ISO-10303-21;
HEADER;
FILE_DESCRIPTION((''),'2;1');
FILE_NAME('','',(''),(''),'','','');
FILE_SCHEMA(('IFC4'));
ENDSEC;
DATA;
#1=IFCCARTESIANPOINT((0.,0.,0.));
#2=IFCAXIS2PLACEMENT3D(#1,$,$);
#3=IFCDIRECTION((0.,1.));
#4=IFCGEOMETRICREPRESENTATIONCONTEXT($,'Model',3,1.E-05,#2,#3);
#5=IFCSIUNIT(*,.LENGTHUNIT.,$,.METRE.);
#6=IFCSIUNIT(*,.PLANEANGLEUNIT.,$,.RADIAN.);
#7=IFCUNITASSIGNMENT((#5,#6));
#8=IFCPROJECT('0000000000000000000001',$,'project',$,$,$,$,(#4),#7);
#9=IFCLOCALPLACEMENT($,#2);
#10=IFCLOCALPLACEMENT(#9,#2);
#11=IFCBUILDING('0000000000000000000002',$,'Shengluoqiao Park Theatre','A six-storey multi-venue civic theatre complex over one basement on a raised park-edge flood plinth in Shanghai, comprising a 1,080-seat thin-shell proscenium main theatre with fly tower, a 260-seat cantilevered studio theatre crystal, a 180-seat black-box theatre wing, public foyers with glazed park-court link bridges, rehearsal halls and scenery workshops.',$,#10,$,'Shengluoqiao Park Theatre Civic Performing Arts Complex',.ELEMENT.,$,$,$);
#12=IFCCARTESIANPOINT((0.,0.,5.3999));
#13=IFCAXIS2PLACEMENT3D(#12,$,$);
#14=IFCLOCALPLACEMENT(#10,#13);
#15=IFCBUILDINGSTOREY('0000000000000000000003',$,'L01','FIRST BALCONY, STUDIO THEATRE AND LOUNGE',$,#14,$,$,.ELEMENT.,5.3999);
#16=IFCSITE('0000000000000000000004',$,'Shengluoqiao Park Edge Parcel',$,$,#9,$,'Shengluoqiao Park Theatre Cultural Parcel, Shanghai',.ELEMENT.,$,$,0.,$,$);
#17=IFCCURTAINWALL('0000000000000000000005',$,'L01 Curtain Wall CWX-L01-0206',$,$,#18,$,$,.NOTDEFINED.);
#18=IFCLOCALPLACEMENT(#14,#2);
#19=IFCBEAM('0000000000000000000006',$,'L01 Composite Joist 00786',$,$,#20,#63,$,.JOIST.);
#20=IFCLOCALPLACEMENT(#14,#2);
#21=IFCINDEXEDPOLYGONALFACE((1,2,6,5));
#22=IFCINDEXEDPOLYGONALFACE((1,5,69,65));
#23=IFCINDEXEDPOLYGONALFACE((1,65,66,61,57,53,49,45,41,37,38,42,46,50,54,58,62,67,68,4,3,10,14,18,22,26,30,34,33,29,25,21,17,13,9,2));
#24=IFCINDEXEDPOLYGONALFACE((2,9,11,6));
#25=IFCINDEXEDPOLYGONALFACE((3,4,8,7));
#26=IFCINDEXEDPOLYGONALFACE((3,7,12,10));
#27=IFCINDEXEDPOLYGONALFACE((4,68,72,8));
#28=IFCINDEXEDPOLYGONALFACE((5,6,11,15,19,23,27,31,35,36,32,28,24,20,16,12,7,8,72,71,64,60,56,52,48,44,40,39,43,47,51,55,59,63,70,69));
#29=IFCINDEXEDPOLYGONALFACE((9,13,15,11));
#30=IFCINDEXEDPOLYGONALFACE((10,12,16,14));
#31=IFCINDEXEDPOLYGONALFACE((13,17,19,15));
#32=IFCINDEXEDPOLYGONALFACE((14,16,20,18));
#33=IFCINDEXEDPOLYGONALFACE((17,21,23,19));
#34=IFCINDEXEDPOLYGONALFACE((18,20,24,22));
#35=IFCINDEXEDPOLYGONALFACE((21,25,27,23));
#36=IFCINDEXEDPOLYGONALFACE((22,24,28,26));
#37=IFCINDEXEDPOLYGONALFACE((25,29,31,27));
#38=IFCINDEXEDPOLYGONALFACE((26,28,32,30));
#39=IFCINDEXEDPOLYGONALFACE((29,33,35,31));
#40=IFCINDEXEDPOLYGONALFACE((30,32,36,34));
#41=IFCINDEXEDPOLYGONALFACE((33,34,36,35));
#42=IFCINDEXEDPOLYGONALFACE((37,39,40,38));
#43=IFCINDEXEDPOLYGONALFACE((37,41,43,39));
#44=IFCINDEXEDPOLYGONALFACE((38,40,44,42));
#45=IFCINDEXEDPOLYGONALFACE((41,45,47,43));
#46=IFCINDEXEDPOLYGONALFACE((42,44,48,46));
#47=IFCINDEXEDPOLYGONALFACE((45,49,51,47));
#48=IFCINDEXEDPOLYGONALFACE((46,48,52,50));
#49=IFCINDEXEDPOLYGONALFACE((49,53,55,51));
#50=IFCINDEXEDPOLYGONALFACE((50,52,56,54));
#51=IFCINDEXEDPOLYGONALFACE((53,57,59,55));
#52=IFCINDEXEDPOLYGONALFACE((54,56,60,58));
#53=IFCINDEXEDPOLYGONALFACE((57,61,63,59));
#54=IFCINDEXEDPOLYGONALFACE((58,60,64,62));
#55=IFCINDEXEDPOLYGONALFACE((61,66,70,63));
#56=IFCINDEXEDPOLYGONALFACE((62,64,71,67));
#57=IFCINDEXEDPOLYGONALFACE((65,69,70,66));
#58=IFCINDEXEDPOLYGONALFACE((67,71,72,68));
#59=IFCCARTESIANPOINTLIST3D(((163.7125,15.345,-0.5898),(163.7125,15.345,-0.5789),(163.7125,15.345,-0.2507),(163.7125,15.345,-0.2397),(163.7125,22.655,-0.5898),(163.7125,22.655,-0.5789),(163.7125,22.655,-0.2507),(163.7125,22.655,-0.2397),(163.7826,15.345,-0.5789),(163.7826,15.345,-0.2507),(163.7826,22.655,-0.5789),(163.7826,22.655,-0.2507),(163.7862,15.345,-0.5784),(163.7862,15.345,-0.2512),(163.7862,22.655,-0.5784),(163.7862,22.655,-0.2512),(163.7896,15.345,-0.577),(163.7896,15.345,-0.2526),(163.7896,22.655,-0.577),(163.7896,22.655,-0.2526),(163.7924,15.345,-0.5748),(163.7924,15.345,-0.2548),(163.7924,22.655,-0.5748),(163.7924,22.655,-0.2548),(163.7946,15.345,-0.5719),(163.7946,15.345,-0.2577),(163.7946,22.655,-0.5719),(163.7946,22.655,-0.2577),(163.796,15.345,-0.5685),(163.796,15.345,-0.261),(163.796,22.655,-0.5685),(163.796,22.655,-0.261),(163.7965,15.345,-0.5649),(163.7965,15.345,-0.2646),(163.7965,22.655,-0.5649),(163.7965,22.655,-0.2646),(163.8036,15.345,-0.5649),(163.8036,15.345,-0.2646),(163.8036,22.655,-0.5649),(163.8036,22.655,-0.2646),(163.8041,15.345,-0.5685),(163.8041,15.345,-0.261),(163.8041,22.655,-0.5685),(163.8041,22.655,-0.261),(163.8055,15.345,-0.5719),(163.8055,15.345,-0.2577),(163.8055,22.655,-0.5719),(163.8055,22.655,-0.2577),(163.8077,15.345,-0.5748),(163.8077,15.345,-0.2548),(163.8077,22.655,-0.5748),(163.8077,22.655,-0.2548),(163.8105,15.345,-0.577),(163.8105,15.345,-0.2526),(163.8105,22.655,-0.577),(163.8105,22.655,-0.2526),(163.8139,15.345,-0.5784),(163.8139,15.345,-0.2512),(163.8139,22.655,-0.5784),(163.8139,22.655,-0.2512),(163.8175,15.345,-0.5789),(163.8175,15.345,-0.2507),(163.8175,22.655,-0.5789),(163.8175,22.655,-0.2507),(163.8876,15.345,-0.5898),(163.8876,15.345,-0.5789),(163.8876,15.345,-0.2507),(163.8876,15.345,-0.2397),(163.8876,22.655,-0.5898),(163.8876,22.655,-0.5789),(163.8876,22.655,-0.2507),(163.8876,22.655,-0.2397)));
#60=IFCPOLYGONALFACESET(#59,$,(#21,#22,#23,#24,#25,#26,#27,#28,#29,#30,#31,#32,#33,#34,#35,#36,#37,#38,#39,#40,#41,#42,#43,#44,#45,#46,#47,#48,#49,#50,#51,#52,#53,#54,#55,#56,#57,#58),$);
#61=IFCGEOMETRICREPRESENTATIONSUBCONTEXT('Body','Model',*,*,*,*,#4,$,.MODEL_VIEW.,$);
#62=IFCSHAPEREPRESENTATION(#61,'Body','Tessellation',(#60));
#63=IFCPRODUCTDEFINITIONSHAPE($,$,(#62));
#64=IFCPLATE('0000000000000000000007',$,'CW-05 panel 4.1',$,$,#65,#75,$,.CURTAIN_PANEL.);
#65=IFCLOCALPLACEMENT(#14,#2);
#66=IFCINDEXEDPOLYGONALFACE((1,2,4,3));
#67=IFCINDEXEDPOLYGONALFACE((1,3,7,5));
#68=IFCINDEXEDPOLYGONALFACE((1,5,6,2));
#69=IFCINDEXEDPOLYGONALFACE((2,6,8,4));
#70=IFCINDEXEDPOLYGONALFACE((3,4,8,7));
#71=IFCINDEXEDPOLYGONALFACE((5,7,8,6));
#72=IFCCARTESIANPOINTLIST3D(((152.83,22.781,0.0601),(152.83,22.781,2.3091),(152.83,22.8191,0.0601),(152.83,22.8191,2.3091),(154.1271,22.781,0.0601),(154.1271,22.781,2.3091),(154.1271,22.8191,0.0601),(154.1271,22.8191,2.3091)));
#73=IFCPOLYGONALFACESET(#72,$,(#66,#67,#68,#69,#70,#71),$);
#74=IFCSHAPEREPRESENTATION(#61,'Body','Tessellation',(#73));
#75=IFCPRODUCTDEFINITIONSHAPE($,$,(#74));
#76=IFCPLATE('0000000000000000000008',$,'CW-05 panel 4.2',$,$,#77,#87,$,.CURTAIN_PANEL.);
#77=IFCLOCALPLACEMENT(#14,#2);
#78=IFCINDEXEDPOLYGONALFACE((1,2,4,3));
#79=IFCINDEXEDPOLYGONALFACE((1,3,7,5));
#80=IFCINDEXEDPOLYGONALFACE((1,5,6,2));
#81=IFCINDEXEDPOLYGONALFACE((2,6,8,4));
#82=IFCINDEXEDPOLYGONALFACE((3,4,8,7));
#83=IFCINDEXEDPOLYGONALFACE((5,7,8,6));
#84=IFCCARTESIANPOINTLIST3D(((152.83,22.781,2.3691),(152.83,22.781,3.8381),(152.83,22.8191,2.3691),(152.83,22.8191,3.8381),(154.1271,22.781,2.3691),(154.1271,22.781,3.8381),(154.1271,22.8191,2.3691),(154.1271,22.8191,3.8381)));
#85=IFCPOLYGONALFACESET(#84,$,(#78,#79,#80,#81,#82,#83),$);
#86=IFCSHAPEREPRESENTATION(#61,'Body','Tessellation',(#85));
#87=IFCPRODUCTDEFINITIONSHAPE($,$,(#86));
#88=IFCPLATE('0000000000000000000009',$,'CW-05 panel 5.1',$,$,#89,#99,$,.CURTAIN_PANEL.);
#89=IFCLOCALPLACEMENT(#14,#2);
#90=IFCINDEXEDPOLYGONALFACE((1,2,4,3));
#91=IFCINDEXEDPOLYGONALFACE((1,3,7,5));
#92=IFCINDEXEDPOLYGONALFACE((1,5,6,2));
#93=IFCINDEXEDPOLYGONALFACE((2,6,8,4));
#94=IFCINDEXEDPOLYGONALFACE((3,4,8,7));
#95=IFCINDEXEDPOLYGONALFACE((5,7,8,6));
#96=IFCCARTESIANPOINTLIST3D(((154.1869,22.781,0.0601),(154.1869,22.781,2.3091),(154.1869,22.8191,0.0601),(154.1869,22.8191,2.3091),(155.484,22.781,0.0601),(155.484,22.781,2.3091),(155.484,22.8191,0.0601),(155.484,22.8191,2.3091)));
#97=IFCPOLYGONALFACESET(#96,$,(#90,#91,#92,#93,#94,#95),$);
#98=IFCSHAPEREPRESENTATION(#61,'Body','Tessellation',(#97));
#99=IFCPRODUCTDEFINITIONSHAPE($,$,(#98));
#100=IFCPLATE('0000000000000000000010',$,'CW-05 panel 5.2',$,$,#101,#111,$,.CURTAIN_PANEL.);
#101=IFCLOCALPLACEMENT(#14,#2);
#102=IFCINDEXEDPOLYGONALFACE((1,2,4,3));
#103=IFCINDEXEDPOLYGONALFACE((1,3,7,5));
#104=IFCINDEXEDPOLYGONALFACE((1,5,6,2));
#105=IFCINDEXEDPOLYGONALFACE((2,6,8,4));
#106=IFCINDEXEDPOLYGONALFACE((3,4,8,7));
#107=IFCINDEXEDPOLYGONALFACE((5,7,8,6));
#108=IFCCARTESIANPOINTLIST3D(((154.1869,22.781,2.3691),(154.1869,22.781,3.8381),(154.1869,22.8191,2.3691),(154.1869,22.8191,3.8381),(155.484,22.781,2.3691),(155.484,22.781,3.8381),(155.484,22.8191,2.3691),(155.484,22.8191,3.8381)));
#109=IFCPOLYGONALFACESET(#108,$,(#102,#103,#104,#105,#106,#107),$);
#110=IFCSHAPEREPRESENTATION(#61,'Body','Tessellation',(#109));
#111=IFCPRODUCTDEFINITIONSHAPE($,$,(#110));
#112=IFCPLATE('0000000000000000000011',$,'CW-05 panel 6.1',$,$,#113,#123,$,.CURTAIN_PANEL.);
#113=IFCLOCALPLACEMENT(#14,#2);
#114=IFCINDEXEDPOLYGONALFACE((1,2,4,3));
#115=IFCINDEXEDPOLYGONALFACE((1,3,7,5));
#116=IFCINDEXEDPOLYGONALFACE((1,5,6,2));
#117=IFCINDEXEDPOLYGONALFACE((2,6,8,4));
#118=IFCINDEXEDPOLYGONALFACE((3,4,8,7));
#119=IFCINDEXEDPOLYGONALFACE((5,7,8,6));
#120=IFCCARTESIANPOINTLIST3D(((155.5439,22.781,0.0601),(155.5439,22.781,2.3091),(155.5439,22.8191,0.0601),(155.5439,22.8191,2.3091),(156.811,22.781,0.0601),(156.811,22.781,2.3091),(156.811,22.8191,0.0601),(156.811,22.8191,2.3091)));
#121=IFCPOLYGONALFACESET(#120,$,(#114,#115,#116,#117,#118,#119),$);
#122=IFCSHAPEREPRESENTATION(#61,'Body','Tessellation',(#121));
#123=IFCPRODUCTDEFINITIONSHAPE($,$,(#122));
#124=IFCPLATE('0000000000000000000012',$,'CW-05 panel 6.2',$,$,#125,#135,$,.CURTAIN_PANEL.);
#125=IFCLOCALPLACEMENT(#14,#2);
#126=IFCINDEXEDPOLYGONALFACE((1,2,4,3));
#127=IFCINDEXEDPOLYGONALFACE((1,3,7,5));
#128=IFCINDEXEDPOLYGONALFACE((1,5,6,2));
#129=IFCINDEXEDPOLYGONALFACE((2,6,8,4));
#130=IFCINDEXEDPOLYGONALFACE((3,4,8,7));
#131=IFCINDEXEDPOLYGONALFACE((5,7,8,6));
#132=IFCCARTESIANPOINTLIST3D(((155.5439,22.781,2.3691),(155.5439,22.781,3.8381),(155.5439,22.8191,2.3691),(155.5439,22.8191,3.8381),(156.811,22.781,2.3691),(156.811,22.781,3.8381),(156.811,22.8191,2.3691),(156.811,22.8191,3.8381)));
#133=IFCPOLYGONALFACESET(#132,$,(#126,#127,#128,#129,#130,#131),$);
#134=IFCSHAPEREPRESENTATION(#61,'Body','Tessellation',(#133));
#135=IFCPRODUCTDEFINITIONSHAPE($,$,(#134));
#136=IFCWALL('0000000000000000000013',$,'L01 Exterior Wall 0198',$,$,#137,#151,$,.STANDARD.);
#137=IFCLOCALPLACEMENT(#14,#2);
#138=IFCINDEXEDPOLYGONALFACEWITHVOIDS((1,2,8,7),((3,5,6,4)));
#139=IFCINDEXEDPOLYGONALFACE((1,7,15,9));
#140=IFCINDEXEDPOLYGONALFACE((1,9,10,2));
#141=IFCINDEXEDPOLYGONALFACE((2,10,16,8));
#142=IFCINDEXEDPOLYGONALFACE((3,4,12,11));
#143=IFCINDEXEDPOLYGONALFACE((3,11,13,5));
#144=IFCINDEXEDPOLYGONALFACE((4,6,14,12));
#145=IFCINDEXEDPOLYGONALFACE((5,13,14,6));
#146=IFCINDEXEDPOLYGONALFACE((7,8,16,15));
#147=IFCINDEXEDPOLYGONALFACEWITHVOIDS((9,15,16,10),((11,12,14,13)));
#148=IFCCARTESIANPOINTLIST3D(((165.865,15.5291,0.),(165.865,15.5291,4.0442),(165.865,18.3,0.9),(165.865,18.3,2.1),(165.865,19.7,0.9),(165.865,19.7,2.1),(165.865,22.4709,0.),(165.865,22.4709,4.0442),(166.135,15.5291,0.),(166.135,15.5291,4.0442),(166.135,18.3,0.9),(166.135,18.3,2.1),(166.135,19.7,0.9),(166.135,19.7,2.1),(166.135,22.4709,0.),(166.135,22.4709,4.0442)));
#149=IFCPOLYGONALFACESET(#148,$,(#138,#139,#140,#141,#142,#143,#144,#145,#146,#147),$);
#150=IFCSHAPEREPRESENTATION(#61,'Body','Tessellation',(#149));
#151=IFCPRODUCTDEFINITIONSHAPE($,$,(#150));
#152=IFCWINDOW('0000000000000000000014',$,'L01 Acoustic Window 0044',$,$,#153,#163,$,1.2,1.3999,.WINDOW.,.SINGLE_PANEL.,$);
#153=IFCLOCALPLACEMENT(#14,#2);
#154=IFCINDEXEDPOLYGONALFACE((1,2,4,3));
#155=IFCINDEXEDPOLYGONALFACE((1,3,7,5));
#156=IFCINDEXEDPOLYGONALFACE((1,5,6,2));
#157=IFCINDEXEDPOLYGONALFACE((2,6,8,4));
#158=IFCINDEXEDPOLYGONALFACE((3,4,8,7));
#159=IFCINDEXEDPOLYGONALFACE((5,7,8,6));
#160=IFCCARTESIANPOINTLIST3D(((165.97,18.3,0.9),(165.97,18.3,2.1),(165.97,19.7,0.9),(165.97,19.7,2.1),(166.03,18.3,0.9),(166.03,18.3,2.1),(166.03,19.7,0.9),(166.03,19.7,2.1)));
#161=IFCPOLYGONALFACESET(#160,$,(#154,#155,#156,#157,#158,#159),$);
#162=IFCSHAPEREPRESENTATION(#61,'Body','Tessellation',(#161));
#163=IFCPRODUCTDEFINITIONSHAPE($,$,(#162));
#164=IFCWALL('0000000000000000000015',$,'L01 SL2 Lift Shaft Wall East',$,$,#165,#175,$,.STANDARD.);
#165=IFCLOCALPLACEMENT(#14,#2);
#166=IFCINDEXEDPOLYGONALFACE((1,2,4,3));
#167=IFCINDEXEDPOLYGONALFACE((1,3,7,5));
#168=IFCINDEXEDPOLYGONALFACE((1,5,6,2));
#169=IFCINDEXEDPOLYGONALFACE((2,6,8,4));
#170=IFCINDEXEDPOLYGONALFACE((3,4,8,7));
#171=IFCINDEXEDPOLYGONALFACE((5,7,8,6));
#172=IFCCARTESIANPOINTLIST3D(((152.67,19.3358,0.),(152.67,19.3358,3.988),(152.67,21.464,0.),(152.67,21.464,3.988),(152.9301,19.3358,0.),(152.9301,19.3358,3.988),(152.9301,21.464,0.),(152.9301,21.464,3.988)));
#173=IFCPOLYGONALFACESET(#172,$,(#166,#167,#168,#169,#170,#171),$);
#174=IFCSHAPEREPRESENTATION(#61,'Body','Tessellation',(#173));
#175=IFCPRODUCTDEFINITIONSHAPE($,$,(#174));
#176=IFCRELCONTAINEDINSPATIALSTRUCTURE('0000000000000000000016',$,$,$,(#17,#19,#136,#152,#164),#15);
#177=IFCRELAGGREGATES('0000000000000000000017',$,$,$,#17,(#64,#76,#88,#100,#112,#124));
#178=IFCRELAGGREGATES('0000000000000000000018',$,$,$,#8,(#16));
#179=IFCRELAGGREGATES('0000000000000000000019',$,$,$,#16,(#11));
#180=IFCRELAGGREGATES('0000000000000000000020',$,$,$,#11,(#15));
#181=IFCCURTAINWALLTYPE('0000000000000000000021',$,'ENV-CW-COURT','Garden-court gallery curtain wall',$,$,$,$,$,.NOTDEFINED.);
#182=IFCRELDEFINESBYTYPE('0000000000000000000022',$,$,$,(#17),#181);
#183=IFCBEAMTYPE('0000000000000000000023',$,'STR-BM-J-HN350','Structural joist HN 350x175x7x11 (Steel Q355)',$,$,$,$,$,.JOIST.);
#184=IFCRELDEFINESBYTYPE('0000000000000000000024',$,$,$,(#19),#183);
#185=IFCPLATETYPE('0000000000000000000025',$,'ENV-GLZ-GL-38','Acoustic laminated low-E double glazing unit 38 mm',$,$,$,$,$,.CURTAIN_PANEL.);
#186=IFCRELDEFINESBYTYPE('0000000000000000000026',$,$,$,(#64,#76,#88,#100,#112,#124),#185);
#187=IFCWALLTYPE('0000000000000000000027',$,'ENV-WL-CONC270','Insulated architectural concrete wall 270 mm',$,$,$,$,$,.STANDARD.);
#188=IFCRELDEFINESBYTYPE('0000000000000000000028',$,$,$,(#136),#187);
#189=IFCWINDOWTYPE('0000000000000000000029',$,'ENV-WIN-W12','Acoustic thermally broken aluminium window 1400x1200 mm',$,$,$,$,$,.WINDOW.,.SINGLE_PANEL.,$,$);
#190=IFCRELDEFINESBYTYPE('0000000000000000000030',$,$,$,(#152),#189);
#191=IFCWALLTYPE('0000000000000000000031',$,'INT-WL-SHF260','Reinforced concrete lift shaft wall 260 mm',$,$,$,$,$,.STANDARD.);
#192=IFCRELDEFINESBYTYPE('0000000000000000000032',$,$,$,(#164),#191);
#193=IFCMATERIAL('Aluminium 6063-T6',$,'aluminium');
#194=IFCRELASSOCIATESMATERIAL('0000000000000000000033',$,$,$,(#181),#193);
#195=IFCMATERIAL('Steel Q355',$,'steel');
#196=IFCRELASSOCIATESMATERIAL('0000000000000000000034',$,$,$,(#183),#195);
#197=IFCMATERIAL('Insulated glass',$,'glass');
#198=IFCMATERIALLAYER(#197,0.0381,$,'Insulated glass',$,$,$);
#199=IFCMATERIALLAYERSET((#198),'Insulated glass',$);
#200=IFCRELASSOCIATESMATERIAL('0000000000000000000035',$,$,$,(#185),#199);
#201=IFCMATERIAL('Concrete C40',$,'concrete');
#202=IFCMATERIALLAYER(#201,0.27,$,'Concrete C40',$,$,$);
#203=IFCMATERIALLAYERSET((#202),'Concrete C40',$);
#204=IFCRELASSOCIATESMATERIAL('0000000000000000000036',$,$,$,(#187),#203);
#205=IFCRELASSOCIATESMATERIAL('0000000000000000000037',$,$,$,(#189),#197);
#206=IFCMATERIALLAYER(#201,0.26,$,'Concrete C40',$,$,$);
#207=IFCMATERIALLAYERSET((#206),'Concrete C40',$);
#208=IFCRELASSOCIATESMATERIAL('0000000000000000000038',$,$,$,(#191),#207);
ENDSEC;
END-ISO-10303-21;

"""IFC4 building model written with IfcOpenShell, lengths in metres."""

from ifc_helpers import new_model, si_unit, direction, frame, frame_2d, origin, origin_2d, place, context, subcontext, project, spatial, rectangle, i_section, extrude, material, layer, layer_set, material_profile, profile_set, type_object, element, fill, aggregate, save


model = new_model("IFC4")

# Units and contexts
model_context = context("Model", 3, precision=1e-05, world=origin(), true_north=direction((0.0, 1.0)))
body_context = subcontext(model_context, "Body", "Model", "MODEL_VIEW")
ifc_project = project(units=[si_unit("LENGTHUNIT", "METRE"), si_unit("PLANEANGLEUNIT", "RADIAN")], contexts=[model_context])

# Site, building, storey
site_placement = place(None, origin())
site = spatial("IfcSite", under=ifc_project, at=site_placement, Name="Shengluoqiao Park Edge Parcel", LongName="Shengluoqiao Park Theatre Cultural Parcel, Shanghai", CompositionType="ELEMENT", RefElevation=0.0)
building_placement = place(site_placement, origin())
building = spatial("IfcBuilding", under=site, at=building_placement, Name="Shengluoqiao Park Theatre", Description="A six-storey multi-venue civic theatre complex over one basement on a raised park-edge flood plinth in Shanghai, comprising a 1,080-seat thin-shell proscenium main theatre with fly tower, a 260-seat cantilevered studio theatre crystal, a 180-seat black-box theatre wing, public foyers with glazed park-court link bridges, rehearsal halls and scenery workshops.", LongName="Shengluoqiao Park Theatre Civic Performing Arts Complex", CompositionType="ELEMENT")
storey_placement = place(building_placement, frame((0.0, 0.0, 5.3999)))
storey = spatial("IfcBuildingStorey", under=building, at=storey_placement, Name="L01", Description="FIRST BALCONY, STUDIO THEATRE AND LOUNGE", CompositionType="ELEMENT", Elevation=5.3999)

# Shared definitions
ifc_material_1 = material(Name="Concrete C40", Category="concrete")

# Curtain wall
ifc_material_2 = material(Name="Aluminium 6063-T6", Category="aluminium")
curtain_wall_type = type_object("IfcCurtainWallType", Name="ENV-CW-COURT", Description="Garden-court gallery curtain wall", PredefinedType="NOTDEFINED", material=ifc_material_2)
curtain_wall_placement = place(storey_placement, origin())
curtain_wall = element("IfcCurtainWall", 1, at=curtain_wall_placement, inside=storey, type_object=curtain_wall_type, Name="L01 Curtain Wall CWX-L01-0206", PredefinedType="NOTDEFINED")

# Beam
ifc_material_3 = material(Name="Steel Q355", Category="steel")
ifc_material_profile_1 = material_profile(ifc_material_3, i_section(OverallWidth=0.175, OverallDepth=0.3501, WebThickness=0.0071, FlangeThickness=0.011, FilletRadius=0.0139, at=origin_2d()), Name="HN 350x175x7x11")
ifc_profile_set_1 = profile_set([ifc_material_profile_1], Name="Steel Q355")
beam_type_1 = type_object("IfcBeamType", Name="STR-BM-J-HN350", Description="Structural joist HN 350x175x7x11 (Steel Q355)", PredefinedType="JOIST", material=ifc_profile_set_1)
for number, where, z_axis, x_axis, name in (
    (2, (163.8, 15.345, -0.4148), (0.0, 1.0, 0.0), (-1.0, 0.0, 0.0), "L01 Composite Joist 00786"),
):
    element("IfcBeam", number, at=place(storey_placement, frame(where, z_axis=z_axis, x_axis=x_axis)), inside=storey, type_object=beam_type_1, Name=name, PredefinedType="JOIST", context=body_context, shape_type="SweptSolid", body=[
        extrude(i_section(OverallWidth=0.175, OverallDepth=0.3501, WebThickness=0.0071, FlangeThickness=0.011, FilletRadius=0.0139, at=origin_2d()), origin(), (0.0, 0.0, 1.0), 7.3101),
    ])

# Plates
ifc_material_4 = material(Name="Insulated glass", Category="glass")
ifc_layer_1 = layer(ifc_material_4, 0.0381, Name="Insulated glass")
ifc_layer_set_1 = layer_set([ifc_layer_1], Name="Insulated glass")
plate_type = type_object("IfcPlateType", Name="ENV-GLZ-GL-38", Description="Acoustic laminated low-E double glazing unit 38 mm", PredefinedType="CURTAIN_PANEL", material=ifc_layer_set_1)
plate_1_placement = place(storey_placement, frame((153.4785, 22.8, 0.0601), z_axis=(0.0, 0.0, 1.0), x_axis=(1.0, 0.0, 0.0)))
plate_1 = element("IfcPlate", 3, at=plate_1_placement, type_object=plate_type, Name="CW-05 panel 4.1", PredefinedType="CURTAIN_PANEL", context=body_context, shape_type="SweptSolid", body=[
    extrude(rectangle(XDim=1.2971, YDim=0.0381, at=origin_2d()), origin(), (0.0, 0.0, 1.0), 2.249),
])
plate_2_placement = place(storey_placement, frame((153.4785, 22.8, 2.3691), z_axis=(0.0, 0.0, 1.0), x_axis=(1.0, 0.0, 0.0)))
plate_2 = element("IfcPlate", 4, at=plate_2_placement, type_object=plate_type, Name="CW-05 panel 4.2", PredefinedType="CURTAIN_PANEL", context=body_context, shape_type="SweptSolid", body=[
    extrude(rectangle(XDim=1.2971, YDim=0.0381, at=origin_2d()), origin(), (0.0, 0.0, 1.0), 1.469),
])
plate_3_placement = place(storey_placement, frame((154.8354, 22.8, 0.0601), z_axis=(0.0, 0.0, 1.0), x_axis=(1.0, 0.0, 0.0)))
plate_3 = element("IfcPlate", 5, at=plate_3_placement, type_object=plate_type, Name="CW-05 panel 5.1", PredefinedType="CURTAIN_PANEL", context=body_context, shape_type="SweptSolid", body=[
    extrude(rectangle(XDim=1.2971, YDim=0.0381, at=origin_2d()), origin(), (0.0, 0.0, 1.0), 2.249),
])
plate_4_placement = place(storey_placement, frame((154.8354, 22.8, 2.3691), z_axis=(0.0, 0.0, 1.0), x_axis=(1.0, 0.0, 0.0)))
plate_4 = element("IfcPlate", 6, at=plate_4_placement, type_object=plate_type, Name="CW-05 panel 5.2", PredefinedType="CURTAIN_PANEL", context=body_context, shape_type="SweptSolid", body=[
    extrude(rectangle(XDim=1.2971, YDim=0.0381, at=origin_2d()), origin(), (0.0, 0.0, 1.0), 1.469),
])
plate_5_placement = place(storey_placement, frame((156.1775, 22.8, 0.0601), z_axis=(0.0, 0.0, 1.0), x_axis=(1.0, 0.0, 0.0)))
plate_5 = element("IfcPlate", 7, at=plate_5_placement, type_object=plate_type, Name="CW-05 panel 6.1", PredefinedType="CURTAIN_PANEL", context=body_context, shape_type="SweptSolid", body=[
    extrude(rectangle(XDim=1.2671, YDim=0.0381, at=origin_2d()), origin(), (0.0, 0.0, 1.0), 2.249),
])
plate_6_placement = place(storey_placement, frame((156.1775, 22.8, 2.3691), z_axis=(0.0, 0.0, 1.0), x_axis=(1.0, 0.0, 0.0)))
plate_6 = element("IfcPlate", 8, at=plate_6_placement, type_object=plate_type, Name="CW-05 panel 6.2", PredefinedType="CURTAIN_PANEL", context=body_context, shape_type="SweptSolid", body=[
    extrude(rectangle(XDim=1.2671, YDim=0.0381, at=origin_2d()), origin(), (0.0, 0.0, 1.0), 1.469),
])
aggregate(curtain_wall, [plate_1, plate_2, plate_3, plate_4, plate_5, plate_6])

# Wall, opening, window
ifc_layer_2 = layer(ifc_material_1, 0.27, Name="Concrete C40")
ifc_layer_set_2 = layer_set([ifc_layer_2], Name="Concrete C40")
wall_type_1 = type_object("IfcWallType", Name="ENV-WL-CONC270", Description="Insulated architectural concrete wall 270 mm", PredefinedType="STANDARD", material=ifc_layer_set_2)
wall_1_placement = place(storey_placement, frame((166.0, 15.5291, 0.0), z_axis=(0.0, 0.0, 1.0), x_axis=(0.0, 1.0, 0.0)))
wall_1 = element("IfcWall", 9, at=wall_1_placement, inside=storey, type_object=wall_type_1, Name="L01 Exterior Wall 0198", PredefinedType="STANDARD", context=body_context, shape_type="SweptSolid", body=[
    extrude(rectangle(XDim=6.9419, YDim=0.27, at=frame_2d((3.4709, 0.0))), origin(), (0.0, 0.0, 1.0), 4.0442),
])
opening_placement = place(wall_1_placement, frame((2.771, 0.0, 0.8999)))
opening = element("IfcOpeningElement", 10, at=opening_placement, cuts=wall_1, PredefinedType="OPENING", context=body_context, shape_type="SweptSolid", body=[
    extrude(rectangle(XDim=1.3999, YDim=1.2, at=frame_2d((0.7, 0.6001))), frame((0.0, 0.145, 0.0), z_axis=(0.0, -1.0, 0.0), x_axis=(1.0, 0.0, 0.0)), (0.0, 0.0, 1.0), 0.29),
])
window_type = type_object("IfcWindowType", Name="ENV-WIN-W12", Description="Acoustic thermally broken aluminium window 1400x1200 mm", PartitioningType="SINGLE_PANEL", PredefinedType="WINDOW", material=ifc_material_4)
window_placement = place(opening_placement, origin())
window = element("IfcWindow", 11, at=window_placement, inside=storey, type_object=window_type, Name="L01 Acoustic Window 0044", OverallHeight=1.2, OverallWidth=1.3999, PartitioningType="SINGLE_PANEL", PredefinedType="WINDOW", context=body_context, shape_type="SweptSolid", body=[
    extrude(rectangle(XDim=1.3999, YDim=1.2, at=frame_2d((0.7, 0.6001))), frame((0.0, 0.03, 0.0), z_axis=(0.0, -1.0, 0.0), x_axis=(1.0, 0.0, 0.0)), (0.0, 0.0, 1.0), 0.0601),
])
fill(opening, window)

# Wall
ifc_layer_3 = layer(ifc_material_1, 0.26, Name="Concrete C40")
ifc_layer_set_3 = layer_set([ifc_layer_3], Name="Concrete C40")
wall_type_2 = type_object("IfcWallType", Name="INT-WL-SHF260", Description="Reinforced concrete lift shaft wall 260 mm", PredefinedType="STANDARD", material=ifc_layer_set_3)
wall_2_placement = place(storey_placement, frame((152.8, 19.3359, 0.0), z_axis=(0.0, 0.0, 1.0), x_axis=(0.0, 1.0, 0.0)))
element("IfcWall", 12, at=wall_2_placement, inside=storey, type_object=wall_type_2, Name="L01 SL2 Lift Shaft Wall East", PredefinedType="STANDARD", context=body_context, shape_type="SweptSolid", body=[
    extrude(rectangle(XDim=2.1282, YDim=0.26, at=frame_2d((1.064, 0.0))), origin(), (0.0, 0.0, 1.0), 3.988),
])

save(model, "model.ifc")
